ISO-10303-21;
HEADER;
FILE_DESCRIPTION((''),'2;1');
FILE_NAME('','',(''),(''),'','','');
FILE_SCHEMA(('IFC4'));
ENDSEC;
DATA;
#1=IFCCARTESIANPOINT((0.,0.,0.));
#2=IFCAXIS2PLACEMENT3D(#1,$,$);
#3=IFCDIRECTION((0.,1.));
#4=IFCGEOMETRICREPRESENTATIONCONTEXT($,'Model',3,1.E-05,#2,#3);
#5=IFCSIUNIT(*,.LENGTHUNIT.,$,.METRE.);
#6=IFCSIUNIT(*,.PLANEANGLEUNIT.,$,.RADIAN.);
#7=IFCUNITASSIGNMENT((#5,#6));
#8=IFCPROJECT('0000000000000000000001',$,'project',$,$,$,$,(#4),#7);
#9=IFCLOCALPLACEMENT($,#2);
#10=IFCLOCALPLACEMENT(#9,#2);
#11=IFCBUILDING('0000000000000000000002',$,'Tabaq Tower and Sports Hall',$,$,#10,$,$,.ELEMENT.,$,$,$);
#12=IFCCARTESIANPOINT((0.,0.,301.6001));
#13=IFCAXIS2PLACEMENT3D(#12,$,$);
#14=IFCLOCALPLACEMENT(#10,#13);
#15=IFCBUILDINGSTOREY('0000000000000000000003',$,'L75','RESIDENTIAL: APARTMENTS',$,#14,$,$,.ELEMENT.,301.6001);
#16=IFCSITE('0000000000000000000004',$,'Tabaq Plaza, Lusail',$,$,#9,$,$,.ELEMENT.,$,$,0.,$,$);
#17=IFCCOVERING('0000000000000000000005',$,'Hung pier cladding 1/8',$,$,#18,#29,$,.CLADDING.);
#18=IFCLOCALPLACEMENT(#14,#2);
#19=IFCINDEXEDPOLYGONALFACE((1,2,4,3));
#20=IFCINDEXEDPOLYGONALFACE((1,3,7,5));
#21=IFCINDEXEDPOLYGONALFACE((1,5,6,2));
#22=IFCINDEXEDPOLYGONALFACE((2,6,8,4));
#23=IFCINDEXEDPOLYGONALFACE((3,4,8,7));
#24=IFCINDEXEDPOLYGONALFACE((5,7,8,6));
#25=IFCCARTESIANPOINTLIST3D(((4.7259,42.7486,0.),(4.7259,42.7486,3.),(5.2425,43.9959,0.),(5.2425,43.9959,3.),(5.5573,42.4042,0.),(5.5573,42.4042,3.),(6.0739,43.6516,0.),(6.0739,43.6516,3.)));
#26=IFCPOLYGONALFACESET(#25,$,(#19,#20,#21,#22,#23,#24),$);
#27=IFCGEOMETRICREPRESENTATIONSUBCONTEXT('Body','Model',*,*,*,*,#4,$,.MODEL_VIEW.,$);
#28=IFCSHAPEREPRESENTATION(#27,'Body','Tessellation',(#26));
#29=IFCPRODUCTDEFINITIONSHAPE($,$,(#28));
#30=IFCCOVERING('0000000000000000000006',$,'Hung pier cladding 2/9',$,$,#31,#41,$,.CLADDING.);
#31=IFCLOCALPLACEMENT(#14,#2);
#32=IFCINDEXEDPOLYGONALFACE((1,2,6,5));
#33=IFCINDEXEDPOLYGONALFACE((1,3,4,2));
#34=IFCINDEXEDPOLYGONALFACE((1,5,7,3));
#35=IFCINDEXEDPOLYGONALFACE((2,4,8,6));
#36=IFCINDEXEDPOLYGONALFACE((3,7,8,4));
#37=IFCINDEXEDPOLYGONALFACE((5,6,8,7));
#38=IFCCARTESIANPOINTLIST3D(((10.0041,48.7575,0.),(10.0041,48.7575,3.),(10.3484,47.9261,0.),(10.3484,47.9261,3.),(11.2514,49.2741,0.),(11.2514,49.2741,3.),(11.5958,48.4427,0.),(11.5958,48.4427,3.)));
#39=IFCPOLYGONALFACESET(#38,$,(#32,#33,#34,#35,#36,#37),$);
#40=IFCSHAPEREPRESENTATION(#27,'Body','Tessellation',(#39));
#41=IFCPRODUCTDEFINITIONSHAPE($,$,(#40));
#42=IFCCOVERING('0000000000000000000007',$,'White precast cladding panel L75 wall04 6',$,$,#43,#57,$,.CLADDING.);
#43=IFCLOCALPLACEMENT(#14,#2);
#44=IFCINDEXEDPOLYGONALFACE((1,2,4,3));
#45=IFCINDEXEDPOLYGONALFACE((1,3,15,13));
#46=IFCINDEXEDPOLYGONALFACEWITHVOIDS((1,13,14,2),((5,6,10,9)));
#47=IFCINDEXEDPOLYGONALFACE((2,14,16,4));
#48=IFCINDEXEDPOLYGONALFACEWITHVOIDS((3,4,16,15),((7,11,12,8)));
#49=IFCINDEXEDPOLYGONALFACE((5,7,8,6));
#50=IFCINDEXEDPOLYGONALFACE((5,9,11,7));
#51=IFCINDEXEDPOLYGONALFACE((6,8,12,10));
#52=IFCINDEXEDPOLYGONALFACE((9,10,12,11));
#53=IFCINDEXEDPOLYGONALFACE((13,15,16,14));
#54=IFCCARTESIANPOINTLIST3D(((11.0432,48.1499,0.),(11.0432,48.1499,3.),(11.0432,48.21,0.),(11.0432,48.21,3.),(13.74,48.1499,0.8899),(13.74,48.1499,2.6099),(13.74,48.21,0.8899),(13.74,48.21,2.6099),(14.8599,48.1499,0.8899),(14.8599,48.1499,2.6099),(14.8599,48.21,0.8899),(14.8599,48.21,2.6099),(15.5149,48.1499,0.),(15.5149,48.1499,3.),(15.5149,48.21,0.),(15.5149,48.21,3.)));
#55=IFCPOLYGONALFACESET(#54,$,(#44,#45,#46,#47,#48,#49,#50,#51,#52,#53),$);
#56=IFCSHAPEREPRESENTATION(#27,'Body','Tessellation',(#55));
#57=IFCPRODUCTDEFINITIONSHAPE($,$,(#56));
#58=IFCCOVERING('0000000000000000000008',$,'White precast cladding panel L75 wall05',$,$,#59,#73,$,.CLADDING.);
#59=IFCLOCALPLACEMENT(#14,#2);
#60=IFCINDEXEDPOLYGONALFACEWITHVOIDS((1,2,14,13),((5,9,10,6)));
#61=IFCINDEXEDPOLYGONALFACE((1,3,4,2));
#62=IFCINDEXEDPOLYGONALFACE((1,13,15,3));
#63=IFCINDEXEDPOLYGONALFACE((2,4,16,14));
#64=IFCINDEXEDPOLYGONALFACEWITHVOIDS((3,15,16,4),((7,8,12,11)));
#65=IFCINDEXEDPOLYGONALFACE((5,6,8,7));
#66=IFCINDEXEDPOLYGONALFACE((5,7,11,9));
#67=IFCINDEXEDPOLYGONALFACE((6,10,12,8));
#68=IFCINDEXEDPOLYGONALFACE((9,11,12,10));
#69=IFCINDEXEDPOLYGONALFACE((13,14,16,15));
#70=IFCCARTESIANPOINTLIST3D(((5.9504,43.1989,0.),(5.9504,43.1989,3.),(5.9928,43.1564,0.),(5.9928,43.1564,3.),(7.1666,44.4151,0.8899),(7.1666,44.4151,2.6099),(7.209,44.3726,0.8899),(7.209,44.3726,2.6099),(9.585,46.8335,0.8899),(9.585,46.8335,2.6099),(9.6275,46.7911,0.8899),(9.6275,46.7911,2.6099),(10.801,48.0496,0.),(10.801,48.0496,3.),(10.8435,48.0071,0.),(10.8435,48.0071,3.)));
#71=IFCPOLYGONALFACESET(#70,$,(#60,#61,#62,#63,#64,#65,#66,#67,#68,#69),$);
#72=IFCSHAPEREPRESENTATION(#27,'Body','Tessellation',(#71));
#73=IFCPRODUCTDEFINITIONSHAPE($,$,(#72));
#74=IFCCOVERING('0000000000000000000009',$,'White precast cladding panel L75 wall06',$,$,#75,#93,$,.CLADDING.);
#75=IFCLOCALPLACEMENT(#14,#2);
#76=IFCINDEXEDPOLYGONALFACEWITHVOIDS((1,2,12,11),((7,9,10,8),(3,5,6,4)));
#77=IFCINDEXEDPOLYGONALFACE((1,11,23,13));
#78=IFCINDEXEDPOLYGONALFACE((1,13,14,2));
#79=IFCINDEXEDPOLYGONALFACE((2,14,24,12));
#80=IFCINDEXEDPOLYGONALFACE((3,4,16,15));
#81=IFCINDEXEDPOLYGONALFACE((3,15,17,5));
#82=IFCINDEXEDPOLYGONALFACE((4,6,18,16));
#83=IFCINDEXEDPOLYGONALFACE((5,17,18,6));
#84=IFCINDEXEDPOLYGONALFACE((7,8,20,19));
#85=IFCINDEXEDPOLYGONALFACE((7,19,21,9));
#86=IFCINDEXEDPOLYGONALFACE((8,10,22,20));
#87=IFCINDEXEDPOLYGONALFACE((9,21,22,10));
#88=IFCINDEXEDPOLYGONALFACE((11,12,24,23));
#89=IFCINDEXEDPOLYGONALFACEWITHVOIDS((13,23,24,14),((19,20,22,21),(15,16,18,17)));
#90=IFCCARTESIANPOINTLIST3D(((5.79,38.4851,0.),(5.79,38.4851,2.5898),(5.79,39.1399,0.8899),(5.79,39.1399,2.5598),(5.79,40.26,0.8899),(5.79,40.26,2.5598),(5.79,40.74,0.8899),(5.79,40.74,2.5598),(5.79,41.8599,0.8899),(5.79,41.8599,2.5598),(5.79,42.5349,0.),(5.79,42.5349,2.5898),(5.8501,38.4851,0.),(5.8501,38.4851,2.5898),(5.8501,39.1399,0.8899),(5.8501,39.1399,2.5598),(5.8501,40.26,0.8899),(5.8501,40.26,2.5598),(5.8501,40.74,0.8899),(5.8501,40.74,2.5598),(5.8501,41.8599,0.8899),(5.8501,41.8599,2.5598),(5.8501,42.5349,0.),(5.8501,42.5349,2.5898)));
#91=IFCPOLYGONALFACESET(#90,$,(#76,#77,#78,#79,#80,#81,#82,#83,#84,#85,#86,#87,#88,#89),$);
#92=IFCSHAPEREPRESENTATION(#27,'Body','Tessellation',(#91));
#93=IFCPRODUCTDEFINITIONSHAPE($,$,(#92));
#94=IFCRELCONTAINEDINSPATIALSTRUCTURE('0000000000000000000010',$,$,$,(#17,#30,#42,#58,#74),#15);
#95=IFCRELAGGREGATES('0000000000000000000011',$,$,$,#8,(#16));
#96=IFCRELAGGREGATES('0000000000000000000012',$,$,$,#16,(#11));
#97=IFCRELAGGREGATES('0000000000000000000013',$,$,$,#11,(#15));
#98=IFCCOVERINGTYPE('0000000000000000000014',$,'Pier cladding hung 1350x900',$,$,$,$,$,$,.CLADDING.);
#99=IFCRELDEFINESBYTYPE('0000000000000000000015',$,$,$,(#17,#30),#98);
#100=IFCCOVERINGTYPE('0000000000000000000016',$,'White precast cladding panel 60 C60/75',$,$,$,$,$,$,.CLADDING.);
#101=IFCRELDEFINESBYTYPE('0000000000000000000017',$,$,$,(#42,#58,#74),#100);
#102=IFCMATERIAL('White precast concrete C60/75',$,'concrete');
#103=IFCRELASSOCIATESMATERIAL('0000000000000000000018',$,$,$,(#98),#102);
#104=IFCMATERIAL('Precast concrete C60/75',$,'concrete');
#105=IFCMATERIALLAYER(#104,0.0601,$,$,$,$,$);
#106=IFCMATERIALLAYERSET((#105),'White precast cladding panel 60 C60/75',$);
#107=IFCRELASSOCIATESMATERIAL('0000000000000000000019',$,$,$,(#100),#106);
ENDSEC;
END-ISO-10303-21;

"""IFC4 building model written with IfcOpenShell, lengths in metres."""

from ifc_helpers import new_model, si_unit, direction, frame, frame_2d, origin, place, context, subcontext, project, spatial, polyline, rectangle, outline, extrude, material, layer, layer_set, type_object, element, save


model = new_model("IFC4")

# Units and contexts
model_context = context("Model", 3, precision=1e-05, world=origin(), true_north=direction((0.0, 1.0)))
body_context = subcontext(model_context, "Body", "Model", "MODEL_VIEW")
ifc_project = project(units=[si_unit("LENGTHUNIT", "METRE"), si_unit("PLANEANGLEUNIT", "RADIAN")], contexts=[model_context])

# Site, building, storey
site_placement = place(None, origin())
site = spatial("IfcSite", under=ifc_project, at=site_placement, Name="Tabaq Plaza, Lusail", CompositionType="ELEMENT", RefElevation=0.0)
building_placement = place(site_placement, origin())
building = spatial("IfcBuilding", under=site, at=building_placement, Name="Tabaq Tower and Sports Hall", CompositionType="ELEMENT")
storey_placement = place(building_placement, frame((0.0, 0.0, 301.6001)))
storey = spatial("IfcBuildingStorey", under=building, at=storey_placement, Name="L75", Description="RESIDENTIAL: APARTMENTS", CompositionType="ELEMENT", Elevation=301.6001)

# Coverings
ifc_material_1 = material(Name="White precast concrete C60/75", Category="concrete")
covering_type_1 = type_object("IfcCoveringType", Name="Pier cladding hung 1350x900", PredefinedType="CLADDING", material=ifc_material_1)
for number, where, z_axis, x_axis, name in (
    (1, (5.6582, 43.8237, 0.0), (0.0, 0.0, 1.0), (-0.38265, -0.923893, 0.0), "Hung pier cladding 1/8"),
    (2, (11.4236, 48.8584, 0.0), (0.0, 0.0, 1.0), (-0.923893, -0.38265, 0.0), "Hung pier cladding 2/9"),
):
    element("IfcCovering", number, at=place(storey_placement, frame(where, z_axis=z_axis, x_axis=x_axis)), inside=storey, type_object=covering_type_1, Name=name, PredefinedType="CLADDING", context=body_context, shape_type="SweptSolid", body=[
        extrude(rectangle(XDim=1.3501, YDim=0.8999, at=frame_2d((0.675, 0.0))), origin(), (0.0, 0.0, 1.0), 3.0),
    ])
ifc_material_2 = material(Name="Precast concrete C60/75", Category="concrete")
ifc_layer_1 = layer(ifc_material_2, 0.0601)
ifc_layer_set_1 = layer_set([ifc_layer_1], Name="White precast cladding panel 60 C60/75")
covering_type_2 = type_object("IfcCoveringType", Name="White precast cladding panel 60 C60/75", PredefinedType="CLADDING", material=ifc_layer_set_1)
covering_1_placement = place(storey_placement, frame((15.5149, 48.1799, 0.0), z_axis=(0.0, 0.0, 1.0), x_axis=(-1.0, 0.0, 0.0)))
element("IfcCovering", 3, at=covering_1_placement, inside=storey, type_object=covering_type_2, Name="White precast cladding panel L75 wall04 6", PredefinedType="CLADDING", context=body_context, shape_type="SweptSolid", body=[
    extrude(outline(polyline([(0.0, 0.0), (4.4717, 0.0), (4.4717, 3.0), (0.0, 3.0), (0.0, 0.0)]), holes=[polyline([(0.655, 0.8899), (0.655, 2.6099), (1.7749, 2.6099), (1.7749, 0.8899), (0.655, 0.8899)])]), frame((0.0, 0.03, 0.0), z_axis=(0.0, -1.0, 0.0), x_axis=(1.0, 0.0, 0.0)), (0.0, 0.0, 1.0), 0.0601),
])
covering_2_placement = place(storey_placement, frame((10.8223, 48.0283, 0.0), z_axis=(0.0, 0.0, 1.0), x_axis=(-0.707107, -0.707107, 0.0)))
element("IfcCovering", 4, at=covering_2_placement, inside=storey, type_object=covering_type_2, Name="White precast cladding panel L75 wall05", PredefinedType="CLADDING", context=body_context, shape_type="SweptSolid", body=[
    extrude(outline(polyline([(0.0, 0.0), (6.8599, 0.0), (6.8599, 3.0), (0.0, 3.0), (0.0, 0.0)]), holes=[polyline([(1.7197, 0.8899), (1.7197, 2.6099), (5.1399, 2.6099), (5.1399, 0.8899), (1.7197, 0.8899)])]), frame((0.0, 0.03, 0.0), z_axis=(0.0, -1.0, 0.0), x_axis=(1.0, 0.0, 0.0)), (0.0, 0.0, 1.0), 0.0601),
])
covering_3_placement = place(storey_placement, frame((5.8201, 42.5349, 0.0), z_axis=(0.0, 0.0, 1.0), x_axis=(0.0, -1.0, 0.0)))
element("IfcCovering", 5, at=covering_3_placement, inside=storey, type_object=covering_type_2, Name="White precast cladding panel L75 wall06", PredefinedType="CLADDING", context=body_context, shape_type="SweptSolid", body=[
    extrude(outline(polyline([(0.0, 0.0), (4.0498, 0.0), (4.0498, 2.5898), (0.0, 2.5898), (0.0, 0.0)]), holes=[polyline([(0.675, 0.8899), (0.675, 2.5598), (1.7949, 2.5598), (1.7949, 0.8899), (0.675, 0.8899)]), polyline([(2.2749, 0.8899), (2.2749, 2.5598), (3.395, 2.5598), (3.395, 0.8899), (2.2749, 0.8899)])]), frame((0.0, 0.03, 0.0), z_axis=(0.0, -1.0, 0.0), x_axis=(1.0, 0.0, 0.0)), (0.0, 0.0, 1.0), 0.0601),
])

save(model, "model.ifc")
